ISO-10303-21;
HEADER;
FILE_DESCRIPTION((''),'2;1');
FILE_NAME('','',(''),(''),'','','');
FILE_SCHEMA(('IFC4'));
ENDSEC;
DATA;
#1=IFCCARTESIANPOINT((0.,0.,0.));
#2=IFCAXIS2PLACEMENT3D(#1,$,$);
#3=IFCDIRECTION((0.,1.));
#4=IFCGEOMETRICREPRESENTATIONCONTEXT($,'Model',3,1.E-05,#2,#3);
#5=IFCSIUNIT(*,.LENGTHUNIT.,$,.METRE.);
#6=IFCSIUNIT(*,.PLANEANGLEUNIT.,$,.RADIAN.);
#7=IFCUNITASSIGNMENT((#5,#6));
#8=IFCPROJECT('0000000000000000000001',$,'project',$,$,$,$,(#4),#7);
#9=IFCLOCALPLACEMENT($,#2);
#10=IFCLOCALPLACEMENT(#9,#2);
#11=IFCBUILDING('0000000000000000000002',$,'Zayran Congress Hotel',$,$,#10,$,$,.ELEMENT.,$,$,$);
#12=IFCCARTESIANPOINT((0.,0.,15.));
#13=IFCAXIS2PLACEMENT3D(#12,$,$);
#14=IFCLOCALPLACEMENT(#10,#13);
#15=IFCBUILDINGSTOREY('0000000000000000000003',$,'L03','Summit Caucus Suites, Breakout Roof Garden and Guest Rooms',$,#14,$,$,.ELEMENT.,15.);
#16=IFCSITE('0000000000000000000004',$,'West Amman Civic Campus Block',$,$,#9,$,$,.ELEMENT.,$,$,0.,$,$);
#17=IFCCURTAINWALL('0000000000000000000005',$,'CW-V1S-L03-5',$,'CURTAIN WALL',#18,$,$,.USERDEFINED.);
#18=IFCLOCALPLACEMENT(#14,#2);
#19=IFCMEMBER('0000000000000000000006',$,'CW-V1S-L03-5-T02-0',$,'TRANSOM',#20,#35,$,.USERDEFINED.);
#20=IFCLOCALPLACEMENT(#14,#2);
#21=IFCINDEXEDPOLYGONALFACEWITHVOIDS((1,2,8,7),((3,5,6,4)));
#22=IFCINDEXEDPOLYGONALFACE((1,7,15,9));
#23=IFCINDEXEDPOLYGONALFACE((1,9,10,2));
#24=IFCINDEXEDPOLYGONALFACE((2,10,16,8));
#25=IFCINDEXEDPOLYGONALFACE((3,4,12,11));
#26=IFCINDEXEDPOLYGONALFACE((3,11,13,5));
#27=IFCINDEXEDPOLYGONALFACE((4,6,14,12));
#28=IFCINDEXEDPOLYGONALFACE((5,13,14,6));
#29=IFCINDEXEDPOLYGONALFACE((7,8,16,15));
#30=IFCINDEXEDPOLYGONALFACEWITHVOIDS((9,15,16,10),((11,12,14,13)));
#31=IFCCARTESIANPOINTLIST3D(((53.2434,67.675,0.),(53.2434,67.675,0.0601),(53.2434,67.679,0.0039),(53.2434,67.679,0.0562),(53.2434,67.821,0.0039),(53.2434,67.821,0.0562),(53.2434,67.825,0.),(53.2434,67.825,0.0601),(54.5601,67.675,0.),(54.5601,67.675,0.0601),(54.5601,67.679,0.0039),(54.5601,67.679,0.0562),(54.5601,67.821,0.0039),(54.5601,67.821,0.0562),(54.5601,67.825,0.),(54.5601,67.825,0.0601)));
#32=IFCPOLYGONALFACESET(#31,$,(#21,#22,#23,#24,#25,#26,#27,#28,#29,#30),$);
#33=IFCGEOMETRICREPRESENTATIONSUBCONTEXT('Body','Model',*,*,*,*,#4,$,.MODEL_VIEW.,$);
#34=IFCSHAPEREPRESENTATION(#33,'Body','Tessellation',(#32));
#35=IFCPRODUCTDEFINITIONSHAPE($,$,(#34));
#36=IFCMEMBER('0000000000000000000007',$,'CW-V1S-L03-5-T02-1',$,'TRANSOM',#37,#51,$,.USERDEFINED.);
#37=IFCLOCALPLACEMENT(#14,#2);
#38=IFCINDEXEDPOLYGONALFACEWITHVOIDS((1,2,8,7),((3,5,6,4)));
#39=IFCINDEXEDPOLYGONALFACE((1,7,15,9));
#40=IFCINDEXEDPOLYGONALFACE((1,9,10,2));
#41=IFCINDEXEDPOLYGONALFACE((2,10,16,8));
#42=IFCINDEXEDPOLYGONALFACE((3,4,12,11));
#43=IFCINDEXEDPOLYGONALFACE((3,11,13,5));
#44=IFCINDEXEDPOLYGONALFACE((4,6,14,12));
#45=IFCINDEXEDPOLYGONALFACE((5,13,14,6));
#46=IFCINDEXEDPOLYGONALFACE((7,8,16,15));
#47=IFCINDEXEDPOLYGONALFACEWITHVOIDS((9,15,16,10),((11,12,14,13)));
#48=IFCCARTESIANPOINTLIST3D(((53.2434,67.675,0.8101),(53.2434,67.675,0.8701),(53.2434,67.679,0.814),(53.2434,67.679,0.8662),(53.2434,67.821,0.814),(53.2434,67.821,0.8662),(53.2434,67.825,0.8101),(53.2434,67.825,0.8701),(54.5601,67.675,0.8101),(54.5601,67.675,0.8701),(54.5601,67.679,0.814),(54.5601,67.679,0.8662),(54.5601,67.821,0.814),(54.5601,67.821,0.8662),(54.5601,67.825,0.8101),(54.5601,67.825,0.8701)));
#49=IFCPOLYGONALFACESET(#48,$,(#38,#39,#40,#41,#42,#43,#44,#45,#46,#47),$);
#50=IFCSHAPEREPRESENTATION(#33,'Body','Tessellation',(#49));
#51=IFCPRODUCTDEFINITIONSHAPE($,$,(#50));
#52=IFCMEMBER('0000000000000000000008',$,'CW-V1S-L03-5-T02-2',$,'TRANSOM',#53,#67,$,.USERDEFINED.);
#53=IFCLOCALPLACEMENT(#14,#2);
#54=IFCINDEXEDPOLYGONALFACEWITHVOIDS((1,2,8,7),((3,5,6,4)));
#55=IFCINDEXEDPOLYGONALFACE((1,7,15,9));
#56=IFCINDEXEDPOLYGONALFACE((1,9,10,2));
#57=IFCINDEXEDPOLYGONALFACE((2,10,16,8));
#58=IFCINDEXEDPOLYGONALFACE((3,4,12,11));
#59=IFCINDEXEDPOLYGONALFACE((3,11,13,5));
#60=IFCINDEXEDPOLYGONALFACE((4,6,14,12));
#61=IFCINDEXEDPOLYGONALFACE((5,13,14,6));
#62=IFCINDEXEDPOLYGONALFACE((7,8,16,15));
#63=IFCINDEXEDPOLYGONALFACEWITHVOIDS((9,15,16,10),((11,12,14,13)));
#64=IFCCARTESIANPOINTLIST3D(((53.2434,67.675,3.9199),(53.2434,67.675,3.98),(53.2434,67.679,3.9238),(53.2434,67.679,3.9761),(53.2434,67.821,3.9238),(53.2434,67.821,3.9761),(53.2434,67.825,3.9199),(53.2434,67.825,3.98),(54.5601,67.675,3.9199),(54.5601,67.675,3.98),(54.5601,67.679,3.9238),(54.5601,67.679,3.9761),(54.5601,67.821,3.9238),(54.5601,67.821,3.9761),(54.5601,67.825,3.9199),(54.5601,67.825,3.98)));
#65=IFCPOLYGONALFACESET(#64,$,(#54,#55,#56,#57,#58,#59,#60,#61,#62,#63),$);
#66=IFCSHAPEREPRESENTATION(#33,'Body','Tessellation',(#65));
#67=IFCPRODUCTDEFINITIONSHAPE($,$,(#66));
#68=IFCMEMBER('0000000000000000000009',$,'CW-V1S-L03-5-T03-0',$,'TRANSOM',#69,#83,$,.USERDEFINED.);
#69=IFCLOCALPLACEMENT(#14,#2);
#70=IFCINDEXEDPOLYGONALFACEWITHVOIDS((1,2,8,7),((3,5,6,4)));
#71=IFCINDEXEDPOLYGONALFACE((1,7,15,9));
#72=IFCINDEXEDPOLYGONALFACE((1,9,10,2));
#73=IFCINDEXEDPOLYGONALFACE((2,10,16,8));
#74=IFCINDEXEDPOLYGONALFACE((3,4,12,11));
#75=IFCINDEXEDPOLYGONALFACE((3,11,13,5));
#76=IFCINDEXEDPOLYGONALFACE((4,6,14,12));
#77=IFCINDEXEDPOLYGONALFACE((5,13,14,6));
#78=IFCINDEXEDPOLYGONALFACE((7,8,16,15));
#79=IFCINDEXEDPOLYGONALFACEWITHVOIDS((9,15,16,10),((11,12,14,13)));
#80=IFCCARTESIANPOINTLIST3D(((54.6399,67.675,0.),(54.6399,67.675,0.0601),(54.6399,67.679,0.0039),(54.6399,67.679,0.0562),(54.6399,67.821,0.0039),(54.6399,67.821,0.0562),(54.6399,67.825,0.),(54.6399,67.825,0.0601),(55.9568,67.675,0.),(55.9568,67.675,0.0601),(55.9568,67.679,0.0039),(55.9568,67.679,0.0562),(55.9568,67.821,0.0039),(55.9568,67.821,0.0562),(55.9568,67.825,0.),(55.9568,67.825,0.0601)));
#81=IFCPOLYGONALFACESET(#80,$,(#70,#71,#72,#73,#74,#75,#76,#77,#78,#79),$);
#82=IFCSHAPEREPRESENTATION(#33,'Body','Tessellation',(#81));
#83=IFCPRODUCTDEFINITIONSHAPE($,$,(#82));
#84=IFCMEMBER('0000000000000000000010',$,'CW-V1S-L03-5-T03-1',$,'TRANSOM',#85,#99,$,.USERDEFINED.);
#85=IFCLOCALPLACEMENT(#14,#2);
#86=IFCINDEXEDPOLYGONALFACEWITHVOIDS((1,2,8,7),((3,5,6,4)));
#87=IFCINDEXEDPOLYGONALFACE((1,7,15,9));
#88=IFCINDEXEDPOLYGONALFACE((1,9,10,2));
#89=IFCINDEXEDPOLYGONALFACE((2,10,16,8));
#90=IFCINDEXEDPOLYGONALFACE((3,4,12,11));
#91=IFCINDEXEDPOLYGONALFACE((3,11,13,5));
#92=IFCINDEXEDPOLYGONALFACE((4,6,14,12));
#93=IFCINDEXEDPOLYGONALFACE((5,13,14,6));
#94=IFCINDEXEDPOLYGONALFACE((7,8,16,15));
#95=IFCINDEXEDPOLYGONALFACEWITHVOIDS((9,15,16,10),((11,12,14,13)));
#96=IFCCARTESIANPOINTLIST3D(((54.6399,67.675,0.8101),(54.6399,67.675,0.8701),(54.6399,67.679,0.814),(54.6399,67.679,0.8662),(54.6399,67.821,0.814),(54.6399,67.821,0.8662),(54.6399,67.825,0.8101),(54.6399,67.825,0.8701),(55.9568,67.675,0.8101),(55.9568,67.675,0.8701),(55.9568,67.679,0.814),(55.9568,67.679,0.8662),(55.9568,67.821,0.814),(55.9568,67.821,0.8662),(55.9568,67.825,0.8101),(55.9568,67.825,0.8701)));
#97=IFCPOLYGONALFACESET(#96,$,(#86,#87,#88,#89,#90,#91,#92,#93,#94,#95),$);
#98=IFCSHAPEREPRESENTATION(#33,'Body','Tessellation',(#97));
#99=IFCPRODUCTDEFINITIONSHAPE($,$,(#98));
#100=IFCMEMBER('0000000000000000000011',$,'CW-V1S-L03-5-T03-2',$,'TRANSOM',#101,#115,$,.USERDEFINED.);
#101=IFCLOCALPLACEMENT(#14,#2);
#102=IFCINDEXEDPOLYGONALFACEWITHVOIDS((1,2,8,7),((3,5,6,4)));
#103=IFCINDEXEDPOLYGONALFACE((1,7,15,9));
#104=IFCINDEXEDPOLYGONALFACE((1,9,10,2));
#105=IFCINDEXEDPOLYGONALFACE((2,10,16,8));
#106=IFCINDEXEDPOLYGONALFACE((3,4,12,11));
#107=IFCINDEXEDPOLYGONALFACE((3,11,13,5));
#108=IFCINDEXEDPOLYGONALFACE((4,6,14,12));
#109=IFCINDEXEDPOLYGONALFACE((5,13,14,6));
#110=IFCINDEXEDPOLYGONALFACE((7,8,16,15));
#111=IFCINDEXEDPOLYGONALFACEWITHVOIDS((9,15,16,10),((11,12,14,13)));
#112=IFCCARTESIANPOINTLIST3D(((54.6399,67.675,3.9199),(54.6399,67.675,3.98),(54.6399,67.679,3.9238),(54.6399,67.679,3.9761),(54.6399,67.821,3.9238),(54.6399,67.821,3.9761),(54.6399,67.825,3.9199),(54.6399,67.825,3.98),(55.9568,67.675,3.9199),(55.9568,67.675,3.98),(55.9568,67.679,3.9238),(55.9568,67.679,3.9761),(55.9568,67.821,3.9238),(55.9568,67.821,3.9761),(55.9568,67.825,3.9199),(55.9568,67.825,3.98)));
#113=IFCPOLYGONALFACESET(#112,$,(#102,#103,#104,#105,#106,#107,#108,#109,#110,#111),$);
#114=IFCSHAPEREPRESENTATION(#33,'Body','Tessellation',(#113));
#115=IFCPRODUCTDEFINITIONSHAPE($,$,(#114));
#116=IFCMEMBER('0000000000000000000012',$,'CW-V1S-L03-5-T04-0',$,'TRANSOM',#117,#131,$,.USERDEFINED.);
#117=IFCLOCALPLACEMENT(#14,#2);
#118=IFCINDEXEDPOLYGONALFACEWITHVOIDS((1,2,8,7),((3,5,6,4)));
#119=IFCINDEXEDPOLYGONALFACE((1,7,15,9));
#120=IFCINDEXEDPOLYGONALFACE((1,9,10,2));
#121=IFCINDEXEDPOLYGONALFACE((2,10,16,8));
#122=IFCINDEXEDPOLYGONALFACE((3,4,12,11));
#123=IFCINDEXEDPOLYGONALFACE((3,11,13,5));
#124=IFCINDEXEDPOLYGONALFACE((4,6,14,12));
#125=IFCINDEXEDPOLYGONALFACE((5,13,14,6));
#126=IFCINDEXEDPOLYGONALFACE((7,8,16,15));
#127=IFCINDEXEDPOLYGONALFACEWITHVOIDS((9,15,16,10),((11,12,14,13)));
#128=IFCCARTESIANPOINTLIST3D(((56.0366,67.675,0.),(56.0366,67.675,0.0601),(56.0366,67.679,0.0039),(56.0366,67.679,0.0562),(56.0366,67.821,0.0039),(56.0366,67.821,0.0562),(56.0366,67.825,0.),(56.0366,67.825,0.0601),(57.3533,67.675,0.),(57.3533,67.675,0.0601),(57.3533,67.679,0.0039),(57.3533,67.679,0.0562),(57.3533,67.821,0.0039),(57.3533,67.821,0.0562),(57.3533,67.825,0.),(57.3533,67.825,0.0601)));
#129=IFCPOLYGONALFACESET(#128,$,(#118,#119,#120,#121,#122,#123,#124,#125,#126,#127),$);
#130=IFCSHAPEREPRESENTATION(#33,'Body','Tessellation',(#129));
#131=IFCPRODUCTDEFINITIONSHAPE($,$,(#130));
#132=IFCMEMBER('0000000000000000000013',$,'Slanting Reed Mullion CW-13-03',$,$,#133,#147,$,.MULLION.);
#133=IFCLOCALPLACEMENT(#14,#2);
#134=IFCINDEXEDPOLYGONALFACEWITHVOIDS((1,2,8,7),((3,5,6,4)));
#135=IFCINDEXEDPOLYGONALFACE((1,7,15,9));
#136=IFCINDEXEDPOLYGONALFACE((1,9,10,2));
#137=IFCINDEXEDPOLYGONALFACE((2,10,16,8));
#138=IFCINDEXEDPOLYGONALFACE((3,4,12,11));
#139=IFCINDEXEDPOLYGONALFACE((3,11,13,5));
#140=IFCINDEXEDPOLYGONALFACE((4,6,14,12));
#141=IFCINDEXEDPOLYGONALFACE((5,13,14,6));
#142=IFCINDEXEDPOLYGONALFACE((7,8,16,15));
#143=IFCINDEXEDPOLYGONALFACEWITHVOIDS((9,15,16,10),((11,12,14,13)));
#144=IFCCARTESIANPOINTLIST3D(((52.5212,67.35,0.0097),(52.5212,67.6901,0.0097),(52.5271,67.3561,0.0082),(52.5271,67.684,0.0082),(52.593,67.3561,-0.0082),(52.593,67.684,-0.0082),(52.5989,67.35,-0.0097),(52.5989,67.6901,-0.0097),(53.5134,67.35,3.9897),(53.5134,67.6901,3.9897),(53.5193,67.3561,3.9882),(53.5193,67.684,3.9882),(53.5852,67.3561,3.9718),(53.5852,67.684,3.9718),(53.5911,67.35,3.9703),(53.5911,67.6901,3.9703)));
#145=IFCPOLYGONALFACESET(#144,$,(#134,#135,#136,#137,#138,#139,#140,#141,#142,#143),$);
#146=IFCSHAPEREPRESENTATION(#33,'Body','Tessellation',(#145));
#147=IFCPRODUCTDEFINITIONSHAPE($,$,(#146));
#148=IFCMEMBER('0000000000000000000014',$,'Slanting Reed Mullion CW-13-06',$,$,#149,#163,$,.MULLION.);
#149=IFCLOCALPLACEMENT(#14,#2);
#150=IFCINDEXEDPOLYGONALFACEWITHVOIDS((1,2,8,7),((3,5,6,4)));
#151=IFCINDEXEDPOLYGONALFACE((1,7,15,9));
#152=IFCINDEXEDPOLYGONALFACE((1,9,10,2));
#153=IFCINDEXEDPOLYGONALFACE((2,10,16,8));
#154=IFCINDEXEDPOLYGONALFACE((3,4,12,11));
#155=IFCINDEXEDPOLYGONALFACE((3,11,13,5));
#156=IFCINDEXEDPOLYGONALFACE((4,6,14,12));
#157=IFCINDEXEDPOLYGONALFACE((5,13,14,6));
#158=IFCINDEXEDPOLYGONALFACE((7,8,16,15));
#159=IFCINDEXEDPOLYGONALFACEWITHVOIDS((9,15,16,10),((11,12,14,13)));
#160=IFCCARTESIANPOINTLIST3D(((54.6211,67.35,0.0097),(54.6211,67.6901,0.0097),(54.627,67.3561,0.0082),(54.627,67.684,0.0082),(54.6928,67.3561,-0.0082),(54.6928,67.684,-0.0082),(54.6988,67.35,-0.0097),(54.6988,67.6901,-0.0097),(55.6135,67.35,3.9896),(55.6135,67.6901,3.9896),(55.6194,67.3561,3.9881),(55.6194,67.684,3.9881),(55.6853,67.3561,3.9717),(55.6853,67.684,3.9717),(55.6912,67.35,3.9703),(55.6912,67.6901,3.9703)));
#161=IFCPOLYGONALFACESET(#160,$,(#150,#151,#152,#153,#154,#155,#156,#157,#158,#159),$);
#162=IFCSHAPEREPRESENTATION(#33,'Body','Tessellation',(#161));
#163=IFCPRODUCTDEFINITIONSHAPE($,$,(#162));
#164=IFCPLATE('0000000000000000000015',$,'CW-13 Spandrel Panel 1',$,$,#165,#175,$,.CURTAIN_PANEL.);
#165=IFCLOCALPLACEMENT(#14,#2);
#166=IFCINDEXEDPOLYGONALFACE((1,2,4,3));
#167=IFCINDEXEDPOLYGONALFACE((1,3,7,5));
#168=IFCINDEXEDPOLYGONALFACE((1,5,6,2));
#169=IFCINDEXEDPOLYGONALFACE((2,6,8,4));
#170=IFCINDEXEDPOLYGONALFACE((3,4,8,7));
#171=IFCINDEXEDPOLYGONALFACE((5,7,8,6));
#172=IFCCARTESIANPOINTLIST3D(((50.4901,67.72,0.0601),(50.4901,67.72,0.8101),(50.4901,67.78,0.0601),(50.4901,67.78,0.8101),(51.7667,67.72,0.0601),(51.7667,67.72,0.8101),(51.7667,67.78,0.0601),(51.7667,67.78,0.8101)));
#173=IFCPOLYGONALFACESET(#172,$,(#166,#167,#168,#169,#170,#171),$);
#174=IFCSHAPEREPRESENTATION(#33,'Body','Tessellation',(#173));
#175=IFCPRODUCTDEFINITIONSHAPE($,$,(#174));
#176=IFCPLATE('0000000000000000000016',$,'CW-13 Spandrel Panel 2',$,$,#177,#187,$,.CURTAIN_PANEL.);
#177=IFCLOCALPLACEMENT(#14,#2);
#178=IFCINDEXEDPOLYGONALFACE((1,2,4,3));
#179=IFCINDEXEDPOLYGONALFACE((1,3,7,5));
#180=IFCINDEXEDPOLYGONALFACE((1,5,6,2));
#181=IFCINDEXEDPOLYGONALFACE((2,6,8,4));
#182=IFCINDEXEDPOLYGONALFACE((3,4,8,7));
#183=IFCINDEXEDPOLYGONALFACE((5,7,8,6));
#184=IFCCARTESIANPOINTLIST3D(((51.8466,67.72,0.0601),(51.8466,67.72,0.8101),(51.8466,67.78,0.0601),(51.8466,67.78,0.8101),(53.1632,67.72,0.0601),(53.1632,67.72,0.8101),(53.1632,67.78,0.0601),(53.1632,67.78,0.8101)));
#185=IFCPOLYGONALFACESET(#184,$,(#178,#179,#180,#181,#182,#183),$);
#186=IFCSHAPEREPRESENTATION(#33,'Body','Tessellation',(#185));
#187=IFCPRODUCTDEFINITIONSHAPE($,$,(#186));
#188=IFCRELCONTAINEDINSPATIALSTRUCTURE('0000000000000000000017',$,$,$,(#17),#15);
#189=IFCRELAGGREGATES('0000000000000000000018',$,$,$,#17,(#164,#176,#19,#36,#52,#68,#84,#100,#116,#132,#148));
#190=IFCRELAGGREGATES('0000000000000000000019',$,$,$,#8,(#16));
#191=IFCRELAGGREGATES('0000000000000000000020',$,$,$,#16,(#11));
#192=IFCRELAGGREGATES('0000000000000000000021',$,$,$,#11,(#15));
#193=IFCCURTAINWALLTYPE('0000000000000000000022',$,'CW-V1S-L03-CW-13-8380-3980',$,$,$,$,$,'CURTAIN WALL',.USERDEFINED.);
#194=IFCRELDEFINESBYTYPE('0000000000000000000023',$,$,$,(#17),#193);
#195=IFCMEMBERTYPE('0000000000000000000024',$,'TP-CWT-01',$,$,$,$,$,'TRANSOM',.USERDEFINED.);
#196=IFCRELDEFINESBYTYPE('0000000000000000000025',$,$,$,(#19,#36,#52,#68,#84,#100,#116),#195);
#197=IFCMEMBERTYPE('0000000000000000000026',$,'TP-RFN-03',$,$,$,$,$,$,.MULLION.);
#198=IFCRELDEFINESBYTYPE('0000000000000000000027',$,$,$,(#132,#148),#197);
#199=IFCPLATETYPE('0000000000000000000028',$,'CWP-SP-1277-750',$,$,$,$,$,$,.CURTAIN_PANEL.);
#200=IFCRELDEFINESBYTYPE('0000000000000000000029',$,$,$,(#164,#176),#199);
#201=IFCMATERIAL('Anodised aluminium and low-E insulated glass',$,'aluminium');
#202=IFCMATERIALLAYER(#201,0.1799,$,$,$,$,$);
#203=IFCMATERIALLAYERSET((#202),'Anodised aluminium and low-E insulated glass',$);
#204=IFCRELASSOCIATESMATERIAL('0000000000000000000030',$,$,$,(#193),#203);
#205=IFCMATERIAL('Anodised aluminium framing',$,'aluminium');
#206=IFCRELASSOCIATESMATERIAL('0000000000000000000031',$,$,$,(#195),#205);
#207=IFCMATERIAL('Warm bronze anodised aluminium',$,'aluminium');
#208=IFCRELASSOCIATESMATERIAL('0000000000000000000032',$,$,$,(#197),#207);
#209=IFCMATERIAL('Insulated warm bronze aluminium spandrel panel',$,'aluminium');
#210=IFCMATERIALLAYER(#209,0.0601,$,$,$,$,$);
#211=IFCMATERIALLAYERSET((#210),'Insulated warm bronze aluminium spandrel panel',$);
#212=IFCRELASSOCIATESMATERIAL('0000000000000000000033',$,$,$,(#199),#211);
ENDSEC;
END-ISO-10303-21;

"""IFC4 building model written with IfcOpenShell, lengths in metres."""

from ifc_helpers import new_model, si_unit, direction, frame, origin, origin_2d, place, context, subcontext, project, spatial, rectangle, hollow_rectangle, extrude, material, layer, layer_set, material_profile, profile_set, type_object, element, aggregate, save


model = new_model("IFC4")

# Units and contexts
model_context = context("Model", 3, precision=1e-05, world=origin(), true_north=direction((0.0, 1.0)))
body_context = subcontext(model_context, "Body", "Model", "MODEL_VIEW")
ifc_project = project(units=[si_unit("LENGTHUNIT", "METRE"), si_unit("PLANEANGLEUNIT", "RADIAN")], contexts=[model_context])

# Site, building, storey
site_placement = place(None, origin())
site = spatial("IfcSite", under=ifc_project, at=site_placement, Name="West Amman Civic Campus Block", CompositionType="ELEMENT", RefElevation=0.0)
building_placement = place(site_placement, origin())
building = spatial("IfcBuilding", under=site, at=building_placement, Name="Zayran Congress Hotel", CompositionType="ELEMENT")
storey_placement = place(building_placement, frame((0.0, 0.0, 15.0)))
storey = spatial("IfcBuildingStorey", under=building, at=storey_placement, Name="L03", Description="Summit Caucus Suites, Breakout Roof Garden and Guest Rooms", CompositionType="ELEMENT", Elevation=15.0)

# Curtain wall, members, plates
ifc_material_1 = material(Name="Anodised aluminium and low-E insulated glass", Category="aluminium")
ifc_layer_1 = layer(ifc_material_1, 0.1799)
ifc_layer_set_1 = layer_set([ifc_layer_1], Name="Anodised aluminium and low-E insulated glass")
curtain_wall_type = type_object("IfcCurtainWallType", Name="CW-V1S-L03-CW-13-8380-3980", ElementType="CURTAIN WALL", PredefinedType="USERDEFINED", material=ifc_layer_set_1)
curtain_wall_placement = place(storey_placement, origin())
curtain_wall = element("IfcCurtainWall", 1, at=curtain_wall_placement, inside=storey, type_object=curtain_wall_type, Name="CW-V1S-L03-5", ObjectType="CURTAIN WALL", PredefinedType="USERDEFINED")
ifc_material_2 = material(Name="Anodised aluminium framing", Category="aluminium")
ifc_material_profile_1 = material_profile(ifc_material_2, hollow_rectangle(XDim=0.0601, YDim=0.1499, WallThickness=0.0039, at=origin_2d()), Name="RHS 150x60x4")
ifc_profile_set_1 = profile_set([ifc_material_profile_1], Name="Anodised aluminium framing")
member_type_1 = type_object("IfcMemberType", Name="TP-CWT-01", ElementType="TRANSOM", PredefinedType="USERDEFINED", material=ifc_profile_set_1)
member_1_placement = place(storey_placement, frame((53.2434, 67.75, 0.03), z_axis=(1.0, 0.0, 0.0), x_axis=(0.0, 0.0, 1.0)))
member_1 = element("IfcMember", 2, at=member_1_placement, type_object=member_type_1, Name="CW-V1S-L03-5-T02-0", ObjectType="TRANSOM", PredefinedType="USERDEFINED", context=body_context, shape_type="SweptSolid", body=[
    extrude(hollow_rectangle(XDim=0.0601, YDim=0.1499, WallThickness=0.0039, at=origin_2d()), origin(), (0.0, 0.0, 1.0), 1.3167),
])
member_2_placement = place(storey_placement, frame((53.2434, 67.75, 0.8401), z_axis=(1.0, 0.0, 0.0), x_axis=(0.0, 0.0, 1.0)))
member_2 = element("IfcMember", 3, at=member_2_placement, type_object=member_type_1, Name="CW-V1S-L03-5-T02-1", ObjectType="TRANSOM", PredefinedType="USERDEFINED", context=body_context, shape_type="SweptSolid", body=[
    extrude(hollow_rectangle(XDim=0.0601, YDim=0.1499, WallThickness=0.0039, at=origin_2d()), origin(), (0.0, 0.0, 1.0), 1.3167),
])
member_3_placement = place(storey_placement, frame((53.2434, 67.75, 3.95), z_axis=(1.0, 0.0, 0.0), x_axis=(0.0, 0.0, 1.0)))
member_3 = element("IfcMember", 4, at=member_3_placement, type_object=member_type_1, Name="CW-V1S-L03-5-T02-2", ObjectType="TRANSOM", PredefinedType="USERDEFINED", context=body_context, shape_type="SweptSolid", body=[
    extrude(hollow_rectangle(XDim=0.0601, YDim=0.1499, WallThickness=0.0039, at=origin_2d()), origin(), (0.0, 0.0, 1.0), 1.3167),
])
member_4_placement = place(storey_placement, frame((54.6399, 67.75, 0.03), z_axis=(1.0, 0.0, 0.0), x_axis=(0.0, 0.0, 1.0)))
member_4 = element("IfcMember", 5, at=member_4_placement, type_object=member_type_1, Name="CW-V1S-L03-5-T03-0", ObjectType="TRANSOM", PredefinedType="USERDEFINED", context=body_context, shape_type="SweptSolid", body=[
    extrude(hollow_rectangle(XDim=0.0601, YDim=0.1499, WallThickness=0.0039, at=origin_2d()), origin(), (0.0, 0.0, 1.0), 1.3169),
])
member_5_placement = place(storey_placement, frame((54.6399, 67.75, 0.8401), z_axis=(1.0, 0.0, 0.0), x_axis=(0.0, 0.0, 1.0)))
member_5 = element("IfcMember", 6, at=member_5_placement, type_object=member_type_1, Name="CW-V1S-L03-5-T03-1", ObjectType="TRANSOM", PredefinedType="USERDEFINED", context=body_context, shape_type="SweptSolid", body=[
    extrude(hollow_rectangle(XDim=0.0601, YDim=0.1499, WallThickness=0.0039, at=origin_2d()), origin(), (0.0, 0.0, 1.0), 1.3169),
])
member_6_placement = place(storey_placement, frame((54.6399, 67.75, 3.95), z_axis=(1.0, 0.0, 0.0), x_axis=(0.0, 0.0, 1.0)))
member_6 = element("IfcMember", 7, at=member_6_placement, type_object=member_type_1, Name="CW-V1S-L03-5-T03-2", ObjectType="TRANSOM", PredefinedType="USERDEFINED", context=body_context, shape_type="SweptSolid", body=[
    extrude(hollow_rectangle(XDim=0.0601, YDim=0.1499, WallThickness=0.0039, at=origin_2d()), origin(), (0.0, 0.0, 1.0), 1.3169),
])
member_7_placement = place(storey_placement, frame((56.0366, 67.75, 0.03), z_axis=(1.0, 0.0, 0.0), x_axis=(0.0, 0.0, 1.0)))
member_7 = element("IfcMember", 8, at=member_7_placement, type_object=member_type_1, Name="CW-V1S-L03-5-T04-0", ObjectType="TRANSOM", PredefinedType="USERDEFINED", context=body_context, shape_type="SweptSolid", body=[
    extrude(hollow_rectangle(XDim=0.0601, YDim=0.1499, WallThickness=0.0039, at=origin_2d()), origin(), (0.0, 0.0, 1.0), 1.3167),
])
ifc_material_3 = material(Name="Warm bronze anodised aluminium", Category="aluminium")
ifc_material_profile_2 = material_profile(ifc_material_3, hollow_rectangle(XDim=0.0801, YDim=0.3401, WallThickness=0.0061, at=origin_2d()), Name="RHS 340x80x6")
ifc_profile_set_2 = profile_set([ifc_material_profile_2], Name="Warm bronze anodised aluminium")
member_type_2 = type_object("IfcMemberType", Name="TP-RFN-03", PredefinedType="MULLION", material=ifc_profile_set_2)
member_8_placement = place(storey_placement, frame((52.5601, 67.52, 0.0), z_axis=(0.241891, 0.0, 0.970303), x_axis=(-0.970303, 0.0, 0.241891)))
member_8 = element("IfcMember", 9, at=member_8_placement, type_object=member_type_2, Name="Slanting Reed Mullion CW-13-03", PredefinedType="MULLION", context=body_context, shape_type="SweptSolid", body=[
    extrude(hollow_rectangle(XDim=0.0801, YDim=0.3401, WallThickness=0.0061, at=origin_2d()), origin(), (0.0, 0.0, 1.0), 4.1018),
])
member_9_placement = place(storey_placement, frame((54.6599, 67.52, 0.0), z_axis=(0.241947, 0.0, 0.970289), x_axis=(-0.970289, 0.0, 0.241947)))
member_9 = element("IfcMember", 10, at=member_9_placement, type_object=member_type_2, Name="Slanting Reed Mullion CW-13-06", PredefinedType="MULLION", context=body_context, shape_type="SweptSolid", body=[
    extrude(hollow_rectangle(XDim=0.0801, YDim=0.3401, WallThickness=0.0061, at=origin_2d()), origin(), (0.0, 0.0, 1.0), 4.1018),
])
ifc_material_4 = material(Name="Insulated warm bronze aluminium spandrel panel", Category="aluminium")
ifc_layer_2 = layer(ifc_material_4, 0.0601)
ifc_layer_set_2 = layer_set([ifc_layer_2], Name="Insulated warm bronze aluminium spandrel panel")
plate_type_1 = type_object("IfcPlateType", Name="CWP-SP-1277-750", PredefinedType="CURTAIN_PANEL", material=ifc_layer_set_2)
plate_1_placement = place(storey_placement, frame((51.1284, 67.75, 0.0601), z_axis=(0.0, 0.0, 1.0), x_axis=(1.0, 0.0, 0.0)))
plate_1 = element("IfcPlate", 11, at=plate_1_placement, type_object=plate_type_1, Name="CW-13 Spandrel Panel 1", PredefinedType="CURTAIN_PANEL", context=body_context, shape_type="SweptSolid", body=[
    extrude(rectangle(XDim=1.2766, YDim=0.0601, at=origin_2d()), origin(), (0.0, 0.0, 1.0), 0.75),
])
plate_2_placement = place(storey_placement, frame((52.5049, 67.75, 0.0601), z_axis=(0.0, 0.0, 1.0), x_axis=(1.0, 0.0, 0.0)))
plate_2 = element("IfcPlate", 12, at=plate_2_placement, type_object=plate_type_1, Name="CW-13 Spandrel Panel 2", PredefinedType="CURTAIN_PANEL", context=body_context, shape_type="SweptSolid", body=[
    extrude(rectangle(XDim=1.3167, YDim=0.0601, at=origin_2d()), origin(), (0.0, 0.0, 1.0), 0.75),
])
aggregate(curtain_wall, [plate_1, plate_2, member_1, member_2, member_3, member_4, member_5, member_6, member_7, member_8, member_9])

save(model, "model.ifc")
